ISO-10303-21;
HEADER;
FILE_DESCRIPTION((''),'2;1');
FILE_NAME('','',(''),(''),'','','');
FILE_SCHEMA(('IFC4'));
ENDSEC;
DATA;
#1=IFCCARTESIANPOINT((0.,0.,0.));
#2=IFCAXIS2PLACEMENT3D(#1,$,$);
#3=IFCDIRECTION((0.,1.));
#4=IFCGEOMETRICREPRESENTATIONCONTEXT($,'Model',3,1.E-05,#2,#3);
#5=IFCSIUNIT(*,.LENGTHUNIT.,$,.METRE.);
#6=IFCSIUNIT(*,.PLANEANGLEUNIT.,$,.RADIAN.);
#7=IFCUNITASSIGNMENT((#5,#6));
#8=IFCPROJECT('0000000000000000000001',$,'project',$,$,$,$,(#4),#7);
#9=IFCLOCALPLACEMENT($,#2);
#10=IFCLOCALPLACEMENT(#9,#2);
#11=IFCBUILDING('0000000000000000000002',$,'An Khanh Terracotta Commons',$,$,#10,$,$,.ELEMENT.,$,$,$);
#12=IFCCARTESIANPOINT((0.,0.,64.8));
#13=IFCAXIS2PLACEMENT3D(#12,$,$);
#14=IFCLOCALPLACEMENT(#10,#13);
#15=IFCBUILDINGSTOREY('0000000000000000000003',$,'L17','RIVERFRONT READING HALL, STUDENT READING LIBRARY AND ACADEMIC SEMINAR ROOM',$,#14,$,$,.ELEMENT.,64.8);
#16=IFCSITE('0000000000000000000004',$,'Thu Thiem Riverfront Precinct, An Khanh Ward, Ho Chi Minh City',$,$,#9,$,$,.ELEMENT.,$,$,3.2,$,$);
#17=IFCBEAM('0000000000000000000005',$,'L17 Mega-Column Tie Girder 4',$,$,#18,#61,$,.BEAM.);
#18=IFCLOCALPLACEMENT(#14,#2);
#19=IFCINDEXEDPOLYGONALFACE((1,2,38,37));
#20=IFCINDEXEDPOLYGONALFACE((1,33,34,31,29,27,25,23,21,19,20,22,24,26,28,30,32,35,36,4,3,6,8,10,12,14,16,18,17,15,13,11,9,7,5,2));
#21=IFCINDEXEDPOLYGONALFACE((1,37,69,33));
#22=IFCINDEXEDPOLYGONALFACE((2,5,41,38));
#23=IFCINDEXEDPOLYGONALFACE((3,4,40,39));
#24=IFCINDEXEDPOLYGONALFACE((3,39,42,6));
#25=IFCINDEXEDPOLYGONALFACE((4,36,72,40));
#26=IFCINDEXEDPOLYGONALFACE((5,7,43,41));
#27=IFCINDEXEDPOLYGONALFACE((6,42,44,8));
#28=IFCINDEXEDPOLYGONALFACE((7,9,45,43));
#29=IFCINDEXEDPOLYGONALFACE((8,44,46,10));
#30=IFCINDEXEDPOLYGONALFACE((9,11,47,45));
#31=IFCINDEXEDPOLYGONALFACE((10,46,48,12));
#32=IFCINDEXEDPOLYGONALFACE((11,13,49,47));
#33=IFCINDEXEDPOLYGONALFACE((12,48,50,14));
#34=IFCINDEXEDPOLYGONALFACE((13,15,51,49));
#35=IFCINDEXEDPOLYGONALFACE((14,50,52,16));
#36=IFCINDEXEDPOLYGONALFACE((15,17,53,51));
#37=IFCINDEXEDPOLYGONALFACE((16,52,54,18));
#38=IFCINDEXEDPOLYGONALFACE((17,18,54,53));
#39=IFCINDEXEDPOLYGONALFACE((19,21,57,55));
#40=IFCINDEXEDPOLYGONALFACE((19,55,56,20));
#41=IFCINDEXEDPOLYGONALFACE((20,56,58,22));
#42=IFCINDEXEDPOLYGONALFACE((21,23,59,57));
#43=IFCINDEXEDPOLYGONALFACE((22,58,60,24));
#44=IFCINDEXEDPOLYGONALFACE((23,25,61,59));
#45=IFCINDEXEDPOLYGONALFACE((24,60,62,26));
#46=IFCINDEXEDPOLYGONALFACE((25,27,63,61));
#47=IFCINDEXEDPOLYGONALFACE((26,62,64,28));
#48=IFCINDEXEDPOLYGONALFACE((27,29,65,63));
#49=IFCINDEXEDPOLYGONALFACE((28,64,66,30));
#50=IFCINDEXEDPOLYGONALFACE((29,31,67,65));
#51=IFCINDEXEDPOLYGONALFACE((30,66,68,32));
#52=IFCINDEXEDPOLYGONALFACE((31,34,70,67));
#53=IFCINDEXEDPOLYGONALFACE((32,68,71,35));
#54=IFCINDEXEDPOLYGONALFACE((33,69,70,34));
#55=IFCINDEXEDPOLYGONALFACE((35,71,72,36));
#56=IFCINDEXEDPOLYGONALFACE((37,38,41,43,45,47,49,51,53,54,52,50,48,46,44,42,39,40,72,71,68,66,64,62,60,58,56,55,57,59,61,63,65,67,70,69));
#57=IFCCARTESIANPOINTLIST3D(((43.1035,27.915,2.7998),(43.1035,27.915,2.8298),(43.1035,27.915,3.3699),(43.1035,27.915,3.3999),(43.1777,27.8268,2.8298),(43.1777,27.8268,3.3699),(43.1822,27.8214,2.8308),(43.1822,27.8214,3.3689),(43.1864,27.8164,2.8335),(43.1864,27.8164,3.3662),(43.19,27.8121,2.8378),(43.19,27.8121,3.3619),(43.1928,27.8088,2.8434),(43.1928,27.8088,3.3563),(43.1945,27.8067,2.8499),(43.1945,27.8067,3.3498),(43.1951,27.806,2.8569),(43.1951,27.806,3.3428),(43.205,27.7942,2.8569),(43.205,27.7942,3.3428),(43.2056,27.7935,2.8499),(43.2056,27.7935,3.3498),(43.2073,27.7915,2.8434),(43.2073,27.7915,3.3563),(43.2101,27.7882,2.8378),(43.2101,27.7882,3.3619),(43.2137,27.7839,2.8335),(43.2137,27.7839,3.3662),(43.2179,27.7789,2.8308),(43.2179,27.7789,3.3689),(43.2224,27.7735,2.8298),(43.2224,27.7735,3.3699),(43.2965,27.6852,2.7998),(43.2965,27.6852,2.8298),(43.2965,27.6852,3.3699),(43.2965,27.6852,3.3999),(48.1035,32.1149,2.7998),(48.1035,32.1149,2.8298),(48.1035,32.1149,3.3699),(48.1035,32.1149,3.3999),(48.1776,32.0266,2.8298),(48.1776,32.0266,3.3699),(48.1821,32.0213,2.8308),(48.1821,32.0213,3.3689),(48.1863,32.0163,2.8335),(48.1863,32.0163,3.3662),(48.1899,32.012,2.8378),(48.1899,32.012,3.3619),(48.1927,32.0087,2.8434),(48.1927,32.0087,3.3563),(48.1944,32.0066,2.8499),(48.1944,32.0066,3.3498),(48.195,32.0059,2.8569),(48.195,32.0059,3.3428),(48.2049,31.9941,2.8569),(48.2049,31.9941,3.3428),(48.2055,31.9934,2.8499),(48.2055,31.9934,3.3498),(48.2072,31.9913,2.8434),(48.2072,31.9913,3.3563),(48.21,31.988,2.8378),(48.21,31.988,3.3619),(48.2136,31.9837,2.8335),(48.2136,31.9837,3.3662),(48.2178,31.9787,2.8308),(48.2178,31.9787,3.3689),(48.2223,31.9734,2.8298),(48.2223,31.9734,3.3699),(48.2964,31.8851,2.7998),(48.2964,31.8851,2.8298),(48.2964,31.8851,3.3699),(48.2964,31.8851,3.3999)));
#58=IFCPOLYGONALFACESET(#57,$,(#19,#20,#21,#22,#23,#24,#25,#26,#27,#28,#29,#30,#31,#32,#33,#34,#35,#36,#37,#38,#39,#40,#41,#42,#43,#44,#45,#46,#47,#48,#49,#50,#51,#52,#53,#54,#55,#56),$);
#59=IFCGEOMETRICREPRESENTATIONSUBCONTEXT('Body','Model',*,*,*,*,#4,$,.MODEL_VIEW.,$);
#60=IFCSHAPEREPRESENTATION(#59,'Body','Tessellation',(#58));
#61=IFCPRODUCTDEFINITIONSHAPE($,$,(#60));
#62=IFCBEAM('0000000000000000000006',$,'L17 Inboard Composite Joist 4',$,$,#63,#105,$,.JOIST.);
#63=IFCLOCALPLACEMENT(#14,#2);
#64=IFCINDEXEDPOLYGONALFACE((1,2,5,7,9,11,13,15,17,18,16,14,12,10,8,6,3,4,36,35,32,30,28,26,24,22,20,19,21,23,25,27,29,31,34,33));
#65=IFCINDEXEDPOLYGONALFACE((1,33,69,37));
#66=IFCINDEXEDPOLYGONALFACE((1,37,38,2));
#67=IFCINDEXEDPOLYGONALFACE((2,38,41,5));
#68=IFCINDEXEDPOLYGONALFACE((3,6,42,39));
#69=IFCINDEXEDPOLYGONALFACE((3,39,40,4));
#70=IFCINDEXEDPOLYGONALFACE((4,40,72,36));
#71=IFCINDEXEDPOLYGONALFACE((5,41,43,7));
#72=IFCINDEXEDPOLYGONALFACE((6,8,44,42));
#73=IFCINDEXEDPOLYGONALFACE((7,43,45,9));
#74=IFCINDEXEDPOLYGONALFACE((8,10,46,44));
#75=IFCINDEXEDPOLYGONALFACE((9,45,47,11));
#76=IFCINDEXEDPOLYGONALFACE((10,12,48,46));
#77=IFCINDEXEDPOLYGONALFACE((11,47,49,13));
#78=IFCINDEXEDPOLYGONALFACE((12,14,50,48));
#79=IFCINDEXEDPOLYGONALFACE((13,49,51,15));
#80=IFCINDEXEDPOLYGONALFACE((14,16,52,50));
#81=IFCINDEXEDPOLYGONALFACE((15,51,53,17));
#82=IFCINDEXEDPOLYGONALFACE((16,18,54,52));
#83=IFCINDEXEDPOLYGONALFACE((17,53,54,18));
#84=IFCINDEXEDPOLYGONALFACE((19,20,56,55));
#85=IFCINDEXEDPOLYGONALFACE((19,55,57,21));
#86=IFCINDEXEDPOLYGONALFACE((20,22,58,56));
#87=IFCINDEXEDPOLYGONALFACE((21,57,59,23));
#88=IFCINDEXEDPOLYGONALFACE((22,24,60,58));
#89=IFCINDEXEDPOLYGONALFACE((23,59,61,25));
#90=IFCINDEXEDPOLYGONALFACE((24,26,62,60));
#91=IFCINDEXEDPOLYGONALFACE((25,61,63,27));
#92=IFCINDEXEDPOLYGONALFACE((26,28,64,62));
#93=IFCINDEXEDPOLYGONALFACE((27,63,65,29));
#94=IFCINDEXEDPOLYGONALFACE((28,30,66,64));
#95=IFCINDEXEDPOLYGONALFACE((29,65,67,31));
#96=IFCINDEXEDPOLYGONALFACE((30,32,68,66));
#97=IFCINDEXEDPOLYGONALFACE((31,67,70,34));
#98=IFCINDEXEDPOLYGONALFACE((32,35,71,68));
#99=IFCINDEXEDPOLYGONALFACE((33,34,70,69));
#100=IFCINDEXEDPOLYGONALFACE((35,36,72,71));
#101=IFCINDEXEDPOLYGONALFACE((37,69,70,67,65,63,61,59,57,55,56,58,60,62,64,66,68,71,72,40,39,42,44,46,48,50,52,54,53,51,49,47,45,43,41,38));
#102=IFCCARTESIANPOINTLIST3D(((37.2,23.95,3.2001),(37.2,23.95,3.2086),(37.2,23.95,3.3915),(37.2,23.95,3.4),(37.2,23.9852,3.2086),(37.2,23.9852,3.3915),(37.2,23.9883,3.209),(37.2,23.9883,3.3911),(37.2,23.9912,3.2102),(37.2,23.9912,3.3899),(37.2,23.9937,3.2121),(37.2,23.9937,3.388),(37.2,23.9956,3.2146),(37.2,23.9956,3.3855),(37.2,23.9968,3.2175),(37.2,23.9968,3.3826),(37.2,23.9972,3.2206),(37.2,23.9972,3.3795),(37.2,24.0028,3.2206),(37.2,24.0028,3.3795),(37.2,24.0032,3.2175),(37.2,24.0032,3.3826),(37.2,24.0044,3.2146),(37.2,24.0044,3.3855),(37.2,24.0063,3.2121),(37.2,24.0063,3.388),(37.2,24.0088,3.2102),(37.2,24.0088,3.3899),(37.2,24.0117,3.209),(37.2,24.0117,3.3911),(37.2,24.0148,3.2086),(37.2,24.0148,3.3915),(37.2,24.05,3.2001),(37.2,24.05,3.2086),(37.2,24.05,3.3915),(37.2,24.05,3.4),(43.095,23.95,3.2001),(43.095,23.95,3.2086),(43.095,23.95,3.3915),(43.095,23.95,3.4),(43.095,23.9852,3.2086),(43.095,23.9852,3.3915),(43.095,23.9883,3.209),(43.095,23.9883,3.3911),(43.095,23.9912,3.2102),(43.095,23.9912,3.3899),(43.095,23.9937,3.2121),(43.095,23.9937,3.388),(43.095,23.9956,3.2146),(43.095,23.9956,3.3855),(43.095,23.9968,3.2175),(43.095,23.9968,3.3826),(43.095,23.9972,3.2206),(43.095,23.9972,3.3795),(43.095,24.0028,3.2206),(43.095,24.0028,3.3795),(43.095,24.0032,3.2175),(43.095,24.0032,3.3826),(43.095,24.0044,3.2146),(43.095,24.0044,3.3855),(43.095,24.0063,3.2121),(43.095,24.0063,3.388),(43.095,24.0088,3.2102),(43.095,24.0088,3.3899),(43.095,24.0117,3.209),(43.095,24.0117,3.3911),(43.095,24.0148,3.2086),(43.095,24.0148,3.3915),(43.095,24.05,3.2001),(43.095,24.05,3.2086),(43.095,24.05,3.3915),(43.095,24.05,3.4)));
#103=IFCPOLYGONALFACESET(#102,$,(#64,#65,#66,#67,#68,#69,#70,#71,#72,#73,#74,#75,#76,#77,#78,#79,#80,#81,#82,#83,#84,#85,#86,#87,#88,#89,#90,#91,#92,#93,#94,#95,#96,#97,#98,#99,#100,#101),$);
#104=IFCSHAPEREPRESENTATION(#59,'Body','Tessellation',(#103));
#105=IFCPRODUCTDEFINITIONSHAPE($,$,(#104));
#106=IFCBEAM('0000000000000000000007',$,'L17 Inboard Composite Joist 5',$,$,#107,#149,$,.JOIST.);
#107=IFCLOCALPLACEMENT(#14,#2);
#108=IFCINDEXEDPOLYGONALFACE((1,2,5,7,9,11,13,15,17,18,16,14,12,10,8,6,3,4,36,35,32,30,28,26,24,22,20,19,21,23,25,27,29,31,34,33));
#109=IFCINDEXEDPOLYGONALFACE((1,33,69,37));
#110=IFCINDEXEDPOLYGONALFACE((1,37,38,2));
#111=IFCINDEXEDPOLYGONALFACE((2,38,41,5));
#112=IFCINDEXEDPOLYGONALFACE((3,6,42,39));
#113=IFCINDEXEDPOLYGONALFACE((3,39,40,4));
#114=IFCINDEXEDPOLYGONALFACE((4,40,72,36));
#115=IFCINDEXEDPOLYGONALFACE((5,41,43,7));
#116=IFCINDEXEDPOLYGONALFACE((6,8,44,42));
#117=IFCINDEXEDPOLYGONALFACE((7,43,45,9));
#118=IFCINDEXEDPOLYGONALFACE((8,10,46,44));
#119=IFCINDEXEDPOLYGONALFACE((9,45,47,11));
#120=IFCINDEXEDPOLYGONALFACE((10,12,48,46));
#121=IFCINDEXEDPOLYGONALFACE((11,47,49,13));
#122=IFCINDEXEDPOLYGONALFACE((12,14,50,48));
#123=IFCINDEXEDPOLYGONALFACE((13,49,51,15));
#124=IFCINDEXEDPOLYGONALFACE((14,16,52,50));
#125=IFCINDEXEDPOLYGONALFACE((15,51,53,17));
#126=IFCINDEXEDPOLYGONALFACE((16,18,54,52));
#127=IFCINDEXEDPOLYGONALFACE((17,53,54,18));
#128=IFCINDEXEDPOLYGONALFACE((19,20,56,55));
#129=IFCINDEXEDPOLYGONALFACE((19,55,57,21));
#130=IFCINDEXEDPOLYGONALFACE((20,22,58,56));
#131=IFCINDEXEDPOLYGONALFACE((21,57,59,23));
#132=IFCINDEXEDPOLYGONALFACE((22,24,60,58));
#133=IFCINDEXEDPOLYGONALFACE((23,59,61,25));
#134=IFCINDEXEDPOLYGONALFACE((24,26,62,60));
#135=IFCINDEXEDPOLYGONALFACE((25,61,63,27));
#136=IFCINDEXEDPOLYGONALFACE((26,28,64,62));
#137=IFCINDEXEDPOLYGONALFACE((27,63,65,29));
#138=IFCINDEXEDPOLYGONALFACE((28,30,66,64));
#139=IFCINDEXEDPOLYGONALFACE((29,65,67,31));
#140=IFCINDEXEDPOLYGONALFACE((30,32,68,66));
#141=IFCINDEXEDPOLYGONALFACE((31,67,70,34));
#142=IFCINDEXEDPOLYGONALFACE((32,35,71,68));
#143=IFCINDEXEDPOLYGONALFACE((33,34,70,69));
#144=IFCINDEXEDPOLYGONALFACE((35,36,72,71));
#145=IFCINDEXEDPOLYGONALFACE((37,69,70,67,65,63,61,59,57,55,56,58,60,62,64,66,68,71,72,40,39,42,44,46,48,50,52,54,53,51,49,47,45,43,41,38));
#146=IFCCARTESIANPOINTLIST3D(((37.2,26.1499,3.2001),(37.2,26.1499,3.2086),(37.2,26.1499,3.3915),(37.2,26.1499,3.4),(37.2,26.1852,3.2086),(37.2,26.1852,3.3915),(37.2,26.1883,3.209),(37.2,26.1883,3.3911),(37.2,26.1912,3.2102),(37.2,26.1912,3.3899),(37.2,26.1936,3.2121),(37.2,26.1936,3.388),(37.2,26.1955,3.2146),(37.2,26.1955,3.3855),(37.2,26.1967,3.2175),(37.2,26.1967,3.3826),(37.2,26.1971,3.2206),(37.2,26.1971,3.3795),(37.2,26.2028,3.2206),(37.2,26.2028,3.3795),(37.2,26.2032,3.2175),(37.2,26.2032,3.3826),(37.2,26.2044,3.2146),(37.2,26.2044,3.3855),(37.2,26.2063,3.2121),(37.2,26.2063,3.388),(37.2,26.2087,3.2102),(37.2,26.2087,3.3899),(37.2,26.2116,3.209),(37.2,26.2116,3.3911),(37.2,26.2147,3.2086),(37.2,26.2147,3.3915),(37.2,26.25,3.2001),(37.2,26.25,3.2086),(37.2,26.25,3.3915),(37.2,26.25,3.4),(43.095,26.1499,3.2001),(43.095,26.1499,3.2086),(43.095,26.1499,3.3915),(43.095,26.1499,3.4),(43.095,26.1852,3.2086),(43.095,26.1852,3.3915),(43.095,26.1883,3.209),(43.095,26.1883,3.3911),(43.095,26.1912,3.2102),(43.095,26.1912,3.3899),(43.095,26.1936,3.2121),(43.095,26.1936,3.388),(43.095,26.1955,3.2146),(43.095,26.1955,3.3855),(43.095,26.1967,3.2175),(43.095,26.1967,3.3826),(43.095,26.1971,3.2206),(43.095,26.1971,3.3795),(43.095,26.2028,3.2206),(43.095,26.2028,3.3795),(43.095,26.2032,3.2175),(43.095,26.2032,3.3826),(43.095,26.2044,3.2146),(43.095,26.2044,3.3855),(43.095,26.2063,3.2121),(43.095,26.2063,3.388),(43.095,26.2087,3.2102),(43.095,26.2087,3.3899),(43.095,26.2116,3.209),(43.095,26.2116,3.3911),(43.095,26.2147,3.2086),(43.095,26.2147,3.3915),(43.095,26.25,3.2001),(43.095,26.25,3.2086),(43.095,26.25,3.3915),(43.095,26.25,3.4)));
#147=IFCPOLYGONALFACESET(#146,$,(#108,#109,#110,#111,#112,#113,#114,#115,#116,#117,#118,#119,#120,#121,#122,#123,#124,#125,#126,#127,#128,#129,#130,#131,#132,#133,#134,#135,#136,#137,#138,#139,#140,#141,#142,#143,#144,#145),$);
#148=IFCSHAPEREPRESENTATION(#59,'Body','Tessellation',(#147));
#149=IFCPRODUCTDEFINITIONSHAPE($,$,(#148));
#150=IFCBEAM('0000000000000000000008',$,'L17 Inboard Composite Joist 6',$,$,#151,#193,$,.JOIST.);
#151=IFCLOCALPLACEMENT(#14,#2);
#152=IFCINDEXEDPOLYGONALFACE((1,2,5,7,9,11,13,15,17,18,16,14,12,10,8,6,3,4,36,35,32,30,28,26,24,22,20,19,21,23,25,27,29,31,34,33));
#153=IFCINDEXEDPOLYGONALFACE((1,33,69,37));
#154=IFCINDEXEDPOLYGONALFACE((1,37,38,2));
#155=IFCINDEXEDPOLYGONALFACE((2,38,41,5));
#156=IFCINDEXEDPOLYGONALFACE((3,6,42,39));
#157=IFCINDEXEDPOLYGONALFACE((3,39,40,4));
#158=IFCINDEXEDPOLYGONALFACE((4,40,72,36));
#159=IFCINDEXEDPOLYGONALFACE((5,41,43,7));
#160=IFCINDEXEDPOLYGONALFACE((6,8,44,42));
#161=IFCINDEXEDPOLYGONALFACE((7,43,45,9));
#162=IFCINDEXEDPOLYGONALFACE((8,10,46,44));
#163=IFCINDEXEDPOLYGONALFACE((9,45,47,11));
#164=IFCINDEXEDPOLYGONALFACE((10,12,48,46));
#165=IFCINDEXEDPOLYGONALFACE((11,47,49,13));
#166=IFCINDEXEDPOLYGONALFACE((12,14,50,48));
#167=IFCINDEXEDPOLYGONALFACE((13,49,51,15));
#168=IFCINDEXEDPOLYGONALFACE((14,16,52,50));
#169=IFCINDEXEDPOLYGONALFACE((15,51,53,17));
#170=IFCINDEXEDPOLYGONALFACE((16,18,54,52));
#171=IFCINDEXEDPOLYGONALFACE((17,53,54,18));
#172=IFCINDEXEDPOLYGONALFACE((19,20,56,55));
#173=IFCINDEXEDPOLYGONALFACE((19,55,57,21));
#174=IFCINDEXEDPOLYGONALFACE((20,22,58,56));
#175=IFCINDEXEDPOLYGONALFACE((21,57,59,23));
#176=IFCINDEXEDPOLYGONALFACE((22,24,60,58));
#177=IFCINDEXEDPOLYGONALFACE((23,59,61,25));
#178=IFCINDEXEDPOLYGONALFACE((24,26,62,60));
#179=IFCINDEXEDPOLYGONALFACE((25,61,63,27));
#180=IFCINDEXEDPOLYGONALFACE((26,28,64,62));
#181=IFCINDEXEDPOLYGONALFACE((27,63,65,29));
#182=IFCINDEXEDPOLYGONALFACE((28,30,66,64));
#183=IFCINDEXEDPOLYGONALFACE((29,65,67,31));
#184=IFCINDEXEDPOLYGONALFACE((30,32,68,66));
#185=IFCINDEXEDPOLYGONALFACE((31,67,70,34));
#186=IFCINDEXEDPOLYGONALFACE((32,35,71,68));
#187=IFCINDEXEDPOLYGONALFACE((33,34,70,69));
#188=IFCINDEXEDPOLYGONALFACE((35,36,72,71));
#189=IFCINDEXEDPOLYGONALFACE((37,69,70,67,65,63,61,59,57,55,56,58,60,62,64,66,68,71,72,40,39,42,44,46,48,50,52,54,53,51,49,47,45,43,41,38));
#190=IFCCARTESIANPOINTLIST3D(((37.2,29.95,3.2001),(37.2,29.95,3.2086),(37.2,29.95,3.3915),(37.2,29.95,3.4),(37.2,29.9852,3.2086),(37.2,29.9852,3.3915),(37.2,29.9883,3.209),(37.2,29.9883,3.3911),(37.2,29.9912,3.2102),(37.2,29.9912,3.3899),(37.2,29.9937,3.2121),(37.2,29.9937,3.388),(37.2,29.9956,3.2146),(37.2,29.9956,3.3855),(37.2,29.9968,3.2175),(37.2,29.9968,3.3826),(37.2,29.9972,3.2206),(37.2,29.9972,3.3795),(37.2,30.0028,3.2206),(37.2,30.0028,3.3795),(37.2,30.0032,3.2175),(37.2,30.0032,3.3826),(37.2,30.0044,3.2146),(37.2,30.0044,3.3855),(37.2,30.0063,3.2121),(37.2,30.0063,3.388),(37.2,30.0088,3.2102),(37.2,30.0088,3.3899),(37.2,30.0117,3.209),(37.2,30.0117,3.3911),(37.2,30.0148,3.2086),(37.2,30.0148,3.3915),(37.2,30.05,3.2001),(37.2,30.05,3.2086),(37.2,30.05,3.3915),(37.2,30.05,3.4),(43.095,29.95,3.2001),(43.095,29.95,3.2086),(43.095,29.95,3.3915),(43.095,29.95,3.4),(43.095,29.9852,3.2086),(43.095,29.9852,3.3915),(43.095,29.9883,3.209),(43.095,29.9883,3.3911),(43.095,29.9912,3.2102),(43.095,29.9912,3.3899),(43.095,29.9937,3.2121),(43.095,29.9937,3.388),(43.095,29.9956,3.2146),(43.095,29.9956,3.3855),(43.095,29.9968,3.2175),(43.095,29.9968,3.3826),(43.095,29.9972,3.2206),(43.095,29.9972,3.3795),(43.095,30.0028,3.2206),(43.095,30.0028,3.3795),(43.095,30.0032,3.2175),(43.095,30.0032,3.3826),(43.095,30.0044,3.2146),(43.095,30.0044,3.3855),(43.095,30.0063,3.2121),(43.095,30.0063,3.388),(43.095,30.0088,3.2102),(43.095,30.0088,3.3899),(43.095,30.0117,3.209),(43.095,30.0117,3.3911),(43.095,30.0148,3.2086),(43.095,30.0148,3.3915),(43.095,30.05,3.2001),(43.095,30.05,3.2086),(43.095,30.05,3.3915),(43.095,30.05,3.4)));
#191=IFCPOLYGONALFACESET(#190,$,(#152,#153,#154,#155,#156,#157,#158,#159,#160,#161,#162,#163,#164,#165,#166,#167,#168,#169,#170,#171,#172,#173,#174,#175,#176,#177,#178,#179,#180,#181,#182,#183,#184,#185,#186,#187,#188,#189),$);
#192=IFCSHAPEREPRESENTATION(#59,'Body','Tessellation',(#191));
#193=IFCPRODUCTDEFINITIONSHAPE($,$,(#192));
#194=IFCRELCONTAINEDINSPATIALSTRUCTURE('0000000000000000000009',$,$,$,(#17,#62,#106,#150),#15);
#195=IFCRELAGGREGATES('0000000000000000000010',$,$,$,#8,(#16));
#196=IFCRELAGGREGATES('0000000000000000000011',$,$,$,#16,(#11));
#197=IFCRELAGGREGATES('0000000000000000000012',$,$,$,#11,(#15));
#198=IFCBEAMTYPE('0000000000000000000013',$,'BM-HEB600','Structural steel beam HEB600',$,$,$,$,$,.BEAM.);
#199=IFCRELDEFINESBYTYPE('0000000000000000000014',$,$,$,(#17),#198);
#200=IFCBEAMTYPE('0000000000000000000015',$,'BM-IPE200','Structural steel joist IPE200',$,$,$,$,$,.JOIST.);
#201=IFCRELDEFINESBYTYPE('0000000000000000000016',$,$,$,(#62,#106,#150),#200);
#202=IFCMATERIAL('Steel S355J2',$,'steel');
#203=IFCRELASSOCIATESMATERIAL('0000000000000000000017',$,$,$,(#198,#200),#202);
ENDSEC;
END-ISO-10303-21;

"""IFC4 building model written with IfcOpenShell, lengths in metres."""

from ifc_helpers import new_model, si_unit, direction, frame, origin, origin_2d, place, context, subcontext, project, spatial, i_section, extrude, material, material_profile, profile_set, type_object, element, save


model = new_model("IFC4")

# Units and contexts
model_context = context("Model", 3, precision=1e-05, world=origin(), true_north=direction((0.0, 1.0)))
body_context = subcontext(model_context, "Body", "Model", "MODEL_VIEW")
ifc_project = project(units=[si_unit("LENGTHUNIT", "METRE"), si_unit("PLANEANGLEUNIT", "RADIAN")], contexts=[model_context])

# Site, building, storey
site_placement = place(None, origin())
site = spatial("IfcSite", under=ifc_project, at=site_placement, Name="Thu Thiem Riverfront Precinct, An Khanh Ward, Ho Chi Minh City", CompositionType="ELEMENT", RefElevation=3.2)
building_placement = place(site_placement, origin())
building = spatial("IfcBuilding", under=site, at=building_placement, Name="An Khanh Terracotta Commons", CompositionType="ELEMENT")
storey_placement = place(building_placement, frame((0.0, 0.0, 64.8)))
storey = spatial("IfcBuildingStorey", under=building, at=storey_placement, Name="L17", Description="RIVERFRONT READING HALL, STUDENT READING LIBRARY AND ACADEMIC SEMINAR ROOM", CompositionType="ELEMENT", Elevation=64.8)

# Beams
ifc_material_1 = material(Name="Steel S355J2", Category="steel")
ifc_material_profile_1 = material_profile(ifc_material_1, i_section(OverallWidth=0.3, OverallDepth=0.6001, WebThickness=0.0154, FlangeThickness=0.03, FilletRadius=0.0271, at=origin_2d()), Name="HEB600")
ifc_profile_set_1 = profile_set([ifc_material_profile_1], Name="Steel S355J2")
beam_type_1 = type_object("IfcBeamType", Name="BM-HEB600", Description="Structural steel beam HEB600", PredefinedType="BEAM", material=ifc_profile_set_1)
beam_1_placement = place(storey_placement, frame((48.2, 32.0, 3.0999), z_axis=(-0.765709, -0.643188, 0.0), x_axis=(0.643188, -0.765709, 0.0)))
element("IfcBeam", 1, at=beam_1_placement, inside=storey, type_object=beam_type_1, Name="L17 Mega-Column Tie Girder 4", PredefinedType="BEAM", context=body_context, shape_type="SweptSolid", body=[
    extrude(i_section(OverallWidth=0.3, OverallDepth=0.6001, WebThickness=0.0154, FlangeThickness=0.03, FilletRadius=0.0271, at=origin_2d()), origin(), (0.0, 0.0, 1.0), 6.5298),
])
ifc_material_profile_2 = material_profile(ifc_material_1, i_section(OverallWidth=0.1001, OverallDepth=0.2, WebThickness=0.0056, FlangeThickness=0.0085, FilletRadius=0.012, at=origin_2d()), Name="IPE200")
ifc_profile_set_2 = profile_set([ifc_material_profile_2], Name="Steel S355J2")
beam_type_2 = type_object("IfcBeamType", Name="BM-IPE200", Description="Structural steel joist IPE200", PredefinedType="JOIST", material=ifc_profile_set_2)
for number, where, z_axis, x_axis, name in (
    (2, (37.2, 24.0, 3.3), (1.0, 0.0, 0.0), (0.0, 1.0, 0.0), "L17 Inboard Composite Joist 4"),
    (3, (37.2, 26.2, 3.3), (1.0, 0.0, 0.0), (0.0, 1.0, 0.0), "L17 Inboard Composite Joist 5"),
    (4, (37.2, 30.0, 3.3), (1.0, 0.0, 0.0), (0.0, 1.0, 0.0), "L17 Inboard Composite Joist 6"),
):
    element("IfcBeam", number, at=place(storey_placement, frame(where, z_axis=z_axis, x_axis=x_axis)), inside=storey, type_object=beam_type_2, Name=name, PredefinedType="JOIST", context=body_context, shape_type="SweptSolid", body=[
        extrude(i_section(OverallWidth=0.1001, OverallDepth=0.2, WebThickness=0.0056, FlangeThickness=0.0085, FilletRadius=0.012, at=origin_2d()), origin(), (0.0, 0.0, 1.0), 5.895),
    ])

save(model, "model.ifc")
